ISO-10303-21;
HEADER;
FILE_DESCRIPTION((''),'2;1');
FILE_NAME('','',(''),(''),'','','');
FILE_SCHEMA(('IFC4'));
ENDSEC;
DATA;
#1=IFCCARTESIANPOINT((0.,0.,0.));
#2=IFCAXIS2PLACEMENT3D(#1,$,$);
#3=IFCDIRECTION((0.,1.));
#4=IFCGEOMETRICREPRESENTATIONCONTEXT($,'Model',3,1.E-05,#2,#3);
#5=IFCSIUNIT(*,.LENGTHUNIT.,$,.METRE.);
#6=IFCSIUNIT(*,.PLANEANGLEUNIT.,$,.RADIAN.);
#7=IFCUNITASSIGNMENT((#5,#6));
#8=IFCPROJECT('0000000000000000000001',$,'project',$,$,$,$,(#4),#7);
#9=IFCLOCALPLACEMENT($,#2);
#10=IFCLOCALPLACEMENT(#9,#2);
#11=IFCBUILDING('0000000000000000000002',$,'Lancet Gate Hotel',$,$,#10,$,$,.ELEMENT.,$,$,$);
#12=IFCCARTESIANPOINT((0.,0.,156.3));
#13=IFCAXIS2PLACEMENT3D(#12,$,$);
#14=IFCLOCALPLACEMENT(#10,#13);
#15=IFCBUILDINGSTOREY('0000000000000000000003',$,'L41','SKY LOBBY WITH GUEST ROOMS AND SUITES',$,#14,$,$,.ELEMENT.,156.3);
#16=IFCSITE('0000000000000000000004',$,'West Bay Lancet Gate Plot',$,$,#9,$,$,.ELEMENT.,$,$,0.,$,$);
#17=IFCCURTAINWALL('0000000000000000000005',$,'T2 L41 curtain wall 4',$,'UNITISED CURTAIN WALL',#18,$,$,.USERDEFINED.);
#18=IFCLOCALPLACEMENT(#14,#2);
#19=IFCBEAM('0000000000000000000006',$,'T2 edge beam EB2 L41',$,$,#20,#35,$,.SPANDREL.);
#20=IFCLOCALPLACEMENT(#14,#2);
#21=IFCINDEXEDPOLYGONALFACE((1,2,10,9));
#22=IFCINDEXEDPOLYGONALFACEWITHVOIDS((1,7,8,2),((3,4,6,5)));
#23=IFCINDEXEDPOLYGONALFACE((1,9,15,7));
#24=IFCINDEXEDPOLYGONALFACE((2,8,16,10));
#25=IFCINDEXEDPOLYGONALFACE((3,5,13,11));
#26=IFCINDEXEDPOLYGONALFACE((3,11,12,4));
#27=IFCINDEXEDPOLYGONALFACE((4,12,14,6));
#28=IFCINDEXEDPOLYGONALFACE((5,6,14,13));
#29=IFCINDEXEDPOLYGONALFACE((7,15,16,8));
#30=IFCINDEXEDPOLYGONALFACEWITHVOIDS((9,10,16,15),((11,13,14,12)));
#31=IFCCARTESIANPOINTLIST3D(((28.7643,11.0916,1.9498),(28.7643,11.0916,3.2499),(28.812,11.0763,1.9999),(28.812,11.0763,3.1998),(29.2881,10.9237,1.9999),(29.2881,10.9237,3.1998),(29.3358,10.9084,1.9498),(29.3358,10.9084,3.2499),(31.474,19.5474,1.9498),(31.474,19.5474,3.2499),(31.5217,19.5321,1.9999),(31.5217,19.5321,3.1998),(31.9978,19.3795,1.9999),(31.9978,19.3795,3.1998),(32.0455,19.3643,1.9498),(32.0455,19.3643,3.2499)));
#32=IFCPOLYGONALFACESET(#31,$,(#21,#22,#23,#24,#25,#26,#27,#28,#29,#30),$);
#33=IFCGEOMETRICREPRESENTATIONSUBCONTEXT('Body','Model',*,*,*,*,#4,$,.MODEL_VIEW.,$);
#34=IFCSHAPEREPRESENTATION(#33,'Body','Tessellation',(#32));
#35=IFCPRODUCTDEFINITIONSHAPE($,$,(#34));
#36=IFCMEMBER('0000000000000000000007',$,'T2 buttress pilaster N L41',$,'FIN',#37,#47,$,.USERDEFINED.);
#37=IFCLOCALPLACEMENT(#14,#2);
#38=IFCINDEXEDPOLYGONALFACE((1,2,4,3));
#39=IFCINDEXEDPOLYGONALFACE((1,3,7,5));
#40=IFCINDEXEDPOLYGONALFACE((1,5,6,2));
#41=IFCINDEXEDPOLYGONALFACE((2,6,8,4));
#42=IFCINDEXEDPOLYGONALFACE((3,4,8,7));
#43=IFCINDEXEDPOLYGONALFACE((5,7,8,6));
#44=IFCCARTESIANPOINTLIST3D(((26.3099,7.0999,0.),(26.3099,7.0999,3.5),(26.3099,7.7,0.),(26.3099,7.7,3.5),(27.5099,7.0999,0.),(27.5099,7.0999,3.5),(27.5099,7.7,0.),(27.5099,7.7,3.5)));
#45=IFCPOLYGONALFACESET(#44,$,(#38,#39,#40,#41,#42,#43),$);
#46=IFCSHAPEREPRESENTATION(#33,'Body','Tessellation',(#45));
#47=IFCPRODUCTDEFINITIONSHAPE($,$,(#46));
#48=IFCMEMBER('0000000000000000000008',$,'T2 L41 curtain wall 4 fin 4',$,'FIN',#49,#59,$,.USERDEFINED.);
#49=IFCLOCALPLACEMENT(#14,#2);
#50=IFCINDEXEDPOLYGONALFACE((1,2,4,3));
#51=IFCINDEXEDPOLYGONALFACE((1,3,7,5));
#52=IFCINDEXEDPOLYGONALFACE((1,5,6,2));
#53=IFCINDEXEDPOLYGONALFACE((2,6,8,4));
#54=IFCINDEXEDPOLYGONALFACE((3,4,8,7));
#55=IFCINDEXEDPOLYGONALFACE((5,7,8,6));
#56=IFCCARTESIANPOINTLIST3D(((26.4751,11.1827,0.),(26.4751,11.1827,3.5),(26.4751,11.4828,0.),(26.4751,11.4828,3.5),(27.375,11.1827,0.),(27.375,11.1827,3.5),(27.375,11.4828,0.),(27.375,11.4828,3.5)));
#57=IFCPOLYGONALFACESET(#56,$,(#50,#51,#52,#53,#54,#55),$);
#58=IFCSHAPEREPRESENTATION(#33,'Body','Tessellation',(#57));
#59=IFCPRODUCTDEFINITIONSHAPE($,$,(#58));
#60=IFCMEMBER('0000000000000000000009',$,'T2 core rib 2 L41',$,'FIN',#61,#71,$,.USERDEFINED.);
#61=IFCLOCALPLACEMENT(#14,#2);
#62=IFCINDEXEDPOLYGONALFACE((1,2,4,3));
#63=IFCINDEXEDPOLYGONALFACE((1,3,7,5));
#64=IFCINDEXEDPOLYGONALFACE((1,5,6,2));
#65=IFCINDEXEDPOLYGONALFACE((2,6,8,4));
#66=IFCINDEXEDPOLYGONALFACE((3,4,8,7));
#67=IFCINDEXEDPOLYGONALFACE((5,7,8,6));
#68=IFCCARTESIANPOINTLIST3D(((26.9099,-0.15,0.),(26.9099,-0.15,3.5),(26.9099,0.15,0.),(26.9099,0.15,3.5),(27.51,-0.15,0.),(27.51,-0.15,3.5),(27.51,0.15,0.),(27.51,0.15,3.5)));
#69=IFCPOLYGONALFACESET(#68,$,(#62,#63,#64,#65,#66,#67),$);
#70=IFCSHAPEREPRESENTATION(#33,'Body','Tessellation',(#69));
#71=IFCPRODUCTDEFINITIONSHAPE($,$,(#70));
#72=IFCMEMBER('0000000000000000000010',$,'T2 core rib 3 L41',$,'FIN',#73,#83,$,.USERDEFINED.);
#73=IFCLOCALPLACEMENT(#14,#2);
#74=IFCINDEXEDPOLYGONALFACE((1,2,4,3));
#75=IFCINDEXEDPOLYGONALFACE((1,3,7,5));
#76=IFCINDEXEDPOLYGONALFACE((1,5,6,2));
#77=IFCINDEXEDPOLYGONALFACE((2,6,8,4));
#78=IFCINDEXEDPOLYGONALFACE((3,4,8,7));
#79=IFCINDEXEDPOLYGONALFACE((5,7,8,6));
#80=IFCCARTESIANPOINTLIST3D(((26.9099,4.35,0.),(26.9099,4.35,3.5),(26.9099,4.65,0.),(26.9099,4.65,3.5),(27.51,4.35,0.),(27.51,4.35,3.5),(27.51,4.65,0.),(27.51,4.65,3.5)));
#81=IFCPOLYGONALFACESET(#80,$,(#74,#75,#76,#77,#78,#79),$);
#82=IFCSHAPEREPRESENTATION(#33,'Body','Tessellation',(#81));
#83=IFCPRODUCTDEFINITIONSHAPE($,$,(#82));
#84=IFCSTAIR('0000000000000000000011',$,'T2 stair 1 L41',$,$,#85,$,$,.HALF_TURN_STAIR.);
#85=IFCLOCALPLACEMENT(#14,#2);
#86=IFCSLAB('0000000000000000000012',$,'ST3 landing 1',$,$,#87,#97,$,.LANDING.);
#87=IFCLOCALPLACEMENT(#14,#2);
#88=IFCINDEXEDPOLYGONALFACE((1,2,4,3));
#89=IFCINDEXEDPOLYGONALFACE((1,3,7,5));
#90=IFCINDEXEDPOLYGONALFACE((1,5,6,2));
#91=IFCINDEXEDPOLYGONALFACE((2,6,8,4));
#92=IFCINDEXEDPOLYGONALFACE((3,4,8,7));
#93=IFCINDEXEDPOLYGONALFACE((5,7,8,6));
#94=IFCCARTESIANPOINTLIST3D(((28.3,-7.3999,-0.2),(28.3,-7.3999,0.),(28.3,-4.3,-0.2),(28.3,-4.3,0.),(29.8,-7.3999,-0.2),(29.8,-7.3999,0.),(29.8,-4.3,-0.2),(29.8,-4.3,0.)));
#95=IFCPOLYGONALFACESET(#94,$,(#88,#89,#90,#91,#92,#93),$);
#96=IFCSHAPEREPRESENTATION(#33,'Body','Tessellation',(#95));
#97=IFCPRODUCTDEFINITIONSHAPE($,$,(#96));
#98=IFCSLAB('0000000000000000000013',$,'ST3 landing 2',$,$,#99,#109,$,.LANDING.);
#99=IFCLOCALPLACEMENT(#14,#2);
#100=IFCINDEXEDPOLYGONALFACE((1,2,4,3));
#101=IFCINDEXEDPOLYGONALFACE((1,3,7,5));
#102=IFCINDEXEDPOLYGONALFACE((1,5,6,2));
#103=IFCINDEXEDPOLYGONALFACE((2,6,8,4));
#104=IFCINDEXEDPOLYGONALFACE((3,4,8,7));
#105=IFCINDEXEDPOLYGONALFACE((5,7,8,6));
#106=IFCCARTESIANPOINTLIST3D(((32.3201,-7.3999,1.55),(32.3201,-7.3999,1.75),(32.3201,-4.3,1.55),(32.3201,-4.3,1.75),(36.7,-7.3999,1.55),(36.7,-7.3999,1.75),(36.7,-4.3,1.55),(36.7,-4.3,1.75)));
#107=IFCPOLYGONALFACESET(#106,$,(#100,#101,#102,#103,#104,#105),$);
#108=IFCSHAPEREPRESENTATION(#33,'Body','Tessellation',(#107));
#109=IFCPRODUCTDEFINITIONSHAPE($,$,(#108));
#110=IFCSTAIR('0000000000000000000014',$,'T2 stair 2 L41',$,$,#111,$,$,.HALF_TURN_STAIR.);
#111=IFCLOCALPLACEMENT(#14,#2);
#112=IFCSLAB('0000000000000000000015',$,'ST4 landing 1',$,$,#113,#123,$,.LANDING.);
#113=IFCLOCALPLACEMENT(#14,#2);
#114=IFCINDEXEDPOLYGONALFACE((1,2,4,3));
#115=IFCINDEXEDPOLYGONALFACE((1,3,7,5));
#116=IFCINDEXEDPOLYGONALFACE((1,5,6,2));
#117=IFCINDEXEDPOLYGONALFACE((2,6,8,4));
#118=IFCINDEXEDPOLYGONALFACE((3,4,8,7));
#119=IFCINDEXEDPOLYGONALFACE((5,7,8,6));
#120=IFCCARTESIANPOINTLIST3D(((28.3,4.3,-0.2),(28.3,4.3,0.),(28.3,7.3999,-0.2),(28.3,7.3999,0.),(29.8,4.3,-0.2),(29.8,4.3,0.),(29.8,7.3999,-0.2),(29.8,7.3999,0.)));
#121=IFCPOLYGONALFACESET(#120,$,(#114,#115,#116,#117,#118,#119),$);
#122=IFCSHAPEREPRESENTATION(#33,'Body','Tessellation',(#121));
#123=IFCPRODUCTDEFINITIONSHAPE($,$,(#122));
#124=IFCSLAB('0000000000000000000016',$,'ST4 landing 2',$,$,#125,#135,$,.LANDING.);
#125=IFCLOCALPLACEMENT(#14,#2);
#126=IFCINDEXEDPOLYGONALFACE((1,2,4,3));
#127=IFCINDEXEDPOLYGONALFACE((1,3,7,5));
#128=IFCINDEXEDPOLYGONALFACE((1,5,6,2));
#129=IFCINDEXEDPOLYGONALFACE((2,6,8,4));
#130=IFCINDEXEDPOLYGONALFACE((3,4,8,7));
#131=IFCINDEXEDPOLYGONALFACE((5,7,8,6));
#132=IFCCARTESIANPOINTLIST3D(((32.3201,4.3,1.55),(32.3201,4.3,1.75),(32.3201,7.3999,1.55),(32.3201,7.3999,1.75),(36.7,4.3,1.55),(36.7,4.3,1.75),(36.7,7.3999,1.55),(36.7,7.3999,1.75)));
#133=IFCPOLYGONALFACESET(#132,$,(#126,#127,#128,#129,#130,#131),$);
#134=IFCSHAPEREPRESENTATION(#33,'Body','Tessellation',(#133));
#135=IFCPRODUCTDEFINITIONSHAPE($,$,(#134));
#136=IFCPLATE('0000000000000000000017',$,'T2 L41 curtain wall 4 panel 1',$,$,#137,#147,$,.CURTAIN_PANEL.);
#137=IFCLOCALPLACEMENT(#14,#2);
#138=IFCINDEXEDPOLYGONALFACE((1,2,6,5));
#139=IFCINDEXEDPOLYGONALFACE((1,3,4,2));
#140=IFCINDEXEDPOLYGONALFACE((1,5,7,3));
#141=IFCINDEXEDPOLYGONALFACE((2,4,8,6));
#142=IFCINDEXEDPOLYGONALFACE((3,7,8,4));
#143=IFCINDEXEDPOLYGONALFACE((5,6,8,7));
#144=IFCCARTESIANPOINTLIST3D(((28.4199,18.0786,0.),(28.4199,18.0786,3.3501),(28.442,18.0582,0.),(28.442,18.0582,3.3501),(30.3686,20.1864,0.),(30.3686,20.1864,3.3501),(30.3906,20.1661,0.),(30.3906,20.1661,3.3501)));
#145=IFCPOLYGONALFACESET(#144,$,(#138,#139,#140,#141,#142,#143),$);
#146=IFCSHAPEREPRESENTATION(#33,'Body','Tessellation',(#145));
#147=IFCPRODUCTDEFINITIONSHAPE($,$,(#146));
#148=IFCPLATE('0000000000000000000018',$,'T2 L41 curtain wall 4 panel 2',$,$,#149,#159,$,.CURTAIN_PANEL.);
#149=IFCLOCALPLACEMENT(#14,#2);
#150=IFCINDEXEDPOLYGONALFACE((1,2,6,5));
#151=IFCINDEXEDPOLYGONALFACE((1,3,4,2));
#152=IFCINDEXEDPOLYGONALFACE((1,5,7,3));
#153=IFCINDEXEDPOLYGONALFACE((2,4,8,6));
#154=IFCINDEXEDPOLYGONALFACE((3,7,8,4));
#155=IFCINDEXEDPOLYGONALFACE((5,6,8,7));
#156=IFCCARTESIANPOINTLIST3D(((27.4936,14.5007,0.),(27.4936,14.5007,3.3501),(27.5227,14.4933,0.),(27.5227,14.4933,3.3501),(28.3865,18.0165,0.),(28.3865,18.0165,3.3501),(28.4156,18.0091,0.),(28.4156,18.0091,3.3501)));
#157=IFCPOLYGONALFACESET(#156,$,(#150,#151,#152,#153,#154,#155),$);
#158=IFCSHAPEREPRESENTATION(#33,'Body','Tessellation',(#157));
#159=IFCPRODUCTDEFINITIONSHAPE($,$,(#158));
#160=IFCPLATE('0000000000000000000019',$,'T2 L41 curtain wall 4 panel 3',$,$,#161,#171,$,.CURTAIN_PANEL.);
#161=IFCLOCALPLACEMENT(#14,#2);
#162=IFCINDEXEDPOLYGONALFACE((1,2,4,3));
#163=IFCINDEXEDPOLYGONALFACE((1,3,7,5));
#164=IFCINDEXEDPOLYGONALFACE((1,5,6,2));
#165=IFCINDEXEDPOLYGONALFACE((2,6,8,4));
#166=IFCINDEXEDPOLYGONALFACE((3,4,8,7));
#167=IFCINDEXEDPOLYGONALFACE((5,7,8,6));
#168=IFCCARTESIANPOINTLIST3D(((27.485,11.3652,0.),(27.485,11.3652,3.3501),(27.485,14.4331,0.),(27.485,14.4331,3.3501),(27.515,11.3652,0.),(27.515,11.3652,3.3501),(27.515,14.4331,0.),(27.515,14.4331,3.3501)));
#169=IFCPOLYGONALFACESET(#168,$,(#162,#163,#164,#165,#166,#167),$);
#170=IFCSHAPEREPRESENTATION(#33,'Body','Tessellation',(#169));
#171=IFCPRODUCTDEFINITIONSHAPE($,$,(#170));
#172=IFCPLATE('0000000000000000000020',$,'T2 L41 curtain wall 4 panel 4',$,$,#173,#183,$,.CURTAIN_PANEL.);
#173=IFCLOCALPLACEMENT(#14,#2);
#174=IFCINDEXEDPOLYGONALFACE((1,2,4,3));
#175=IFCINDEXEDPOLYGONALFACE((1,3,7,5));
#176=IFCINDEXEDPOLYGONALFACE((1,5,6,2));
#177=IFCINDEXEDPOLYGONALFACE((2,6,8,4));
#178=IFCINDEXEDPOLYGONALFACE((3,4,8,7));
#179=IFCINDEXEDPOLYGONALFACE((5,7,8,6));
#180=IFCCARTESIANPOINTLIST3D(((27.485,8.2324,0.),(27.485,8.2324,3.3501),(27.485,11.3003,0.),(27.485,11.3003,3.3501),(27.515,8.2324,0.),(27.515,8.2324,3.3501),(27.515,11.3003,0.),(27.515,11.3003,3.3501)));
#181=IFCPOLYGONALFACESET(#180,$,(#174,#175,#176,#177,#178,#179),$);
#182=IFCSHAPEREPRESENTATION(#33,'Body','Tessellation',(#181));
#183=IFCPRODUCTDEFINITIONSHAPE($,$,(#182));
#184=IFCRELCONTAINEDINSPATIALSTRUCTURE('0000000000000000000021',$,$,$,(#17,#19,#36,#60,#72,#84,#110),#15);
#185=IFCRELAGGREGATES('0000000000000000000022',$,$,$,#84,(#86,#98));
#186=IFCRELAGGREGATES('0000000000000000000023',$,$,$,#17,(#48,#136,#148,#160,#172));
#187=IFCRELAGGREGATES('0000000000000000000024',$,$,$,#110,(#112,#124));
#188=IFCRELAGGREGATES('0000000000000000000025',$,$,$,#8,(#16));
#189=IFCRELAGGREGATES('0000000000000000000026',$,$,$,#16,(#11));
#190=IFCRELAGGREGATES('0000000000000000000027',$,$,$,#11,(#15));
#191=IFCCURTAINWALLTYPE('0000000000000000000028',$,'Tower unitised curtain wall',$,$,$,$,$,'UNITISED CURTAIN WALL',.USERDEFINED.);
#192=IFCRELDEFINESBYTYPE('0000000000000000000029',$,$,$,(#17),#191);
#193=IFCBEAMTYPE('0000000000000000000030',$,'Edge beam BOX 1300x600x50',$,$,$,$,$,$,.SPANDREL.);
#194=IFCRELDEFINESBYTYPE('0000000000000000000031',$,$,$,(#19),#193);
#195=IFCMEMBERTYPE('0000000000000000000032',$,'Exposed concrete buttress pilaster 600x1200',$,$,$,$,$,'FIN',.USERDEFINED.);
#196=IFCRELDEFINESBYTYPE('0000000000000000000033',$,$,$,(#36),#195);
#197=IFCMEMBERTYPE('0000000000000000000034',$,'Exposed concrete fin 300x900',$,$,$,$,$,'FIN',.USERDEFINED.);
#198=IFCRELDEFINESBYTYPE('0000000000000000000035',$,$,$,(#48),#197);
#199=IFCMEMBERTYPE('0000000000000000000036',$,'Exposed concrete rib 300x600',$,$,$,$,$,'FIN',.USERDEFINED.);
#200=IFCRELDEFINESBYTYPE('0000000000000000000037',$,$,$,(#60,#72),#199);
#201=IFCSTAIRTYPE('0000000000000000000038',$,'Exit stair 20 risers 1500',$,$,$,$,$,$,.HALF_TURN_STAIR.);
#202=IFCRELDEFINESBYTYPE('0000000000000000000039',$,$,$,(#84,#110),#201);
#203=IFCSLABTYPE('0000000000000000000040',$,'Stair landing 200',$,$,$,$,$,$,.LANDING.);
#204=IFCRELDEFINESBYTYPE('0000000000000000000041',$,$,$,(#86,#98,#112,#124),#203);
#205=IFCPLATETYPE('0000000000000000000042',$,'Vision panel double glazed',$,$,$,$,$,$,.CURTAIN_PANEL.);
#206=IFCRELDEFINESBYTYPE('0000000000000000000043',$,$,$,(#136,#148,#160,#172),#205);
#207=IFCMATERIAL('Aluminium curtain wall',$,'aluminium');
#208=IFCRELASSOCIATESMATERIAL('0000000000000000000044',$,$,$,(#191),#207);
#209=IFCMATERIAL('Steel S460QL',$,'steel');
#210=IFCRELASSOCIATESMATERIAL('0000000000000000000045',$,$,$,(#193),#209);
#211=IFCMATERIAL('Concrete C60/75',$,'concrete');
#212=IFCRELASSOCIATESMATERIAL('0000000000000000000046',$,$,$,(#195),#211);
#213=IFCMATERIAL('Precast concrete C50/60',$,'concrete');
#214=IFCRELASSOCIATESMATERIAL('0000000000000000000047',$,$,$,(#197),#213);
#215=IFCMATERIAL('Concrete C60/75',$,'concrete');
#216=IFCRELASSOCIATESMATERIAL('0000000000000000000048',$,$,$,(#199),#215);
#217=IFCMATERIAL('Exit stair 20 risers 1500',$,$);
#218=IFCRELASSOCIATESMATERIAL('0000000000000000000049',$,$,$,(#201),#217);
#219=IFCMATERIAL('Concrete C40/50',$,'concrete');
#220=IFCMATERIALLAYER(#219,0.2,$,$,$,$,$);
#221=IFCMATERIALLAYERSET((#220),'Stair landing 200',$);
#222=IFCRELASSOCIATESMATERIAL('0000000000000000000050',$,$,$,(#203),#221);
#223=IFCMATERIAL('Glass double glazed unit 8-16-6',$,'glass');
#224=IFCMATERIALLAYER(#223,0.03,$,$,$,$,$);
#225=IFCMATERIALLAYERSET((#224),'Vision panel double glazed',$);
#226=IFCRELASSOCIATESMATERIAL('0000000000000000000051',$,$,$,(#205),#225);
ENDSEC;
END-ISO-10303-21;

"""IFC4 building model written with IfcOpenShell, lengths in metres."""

from ifc_helpers import new_model, si_unit, direction, frame, origin, origin_2d, place, context, subcontext, project, spatial, polyline, rectangle, hollow_rectangle, outline, extrude, material, layer, layer_set, material_profile, profile_set, type_object, element, aggregate, save


model = new_model("IFC4")

# Units and contexts
model_context = context("Model", 3, precision=1e-05, world=origin(), true_north=direction((0.0, 1.0)))
body_context = subcontext(model_context, "Body", "Model", "MODEL_VIEW")
ifc_project = project(units=[si_unit("LENGTHUNIT", "METRE"), si_unit("PLANEANGLEUNIT", "RADIAN")], contexts=[model_context])

# Site, building, storey
site_placement = place(None, origin())
site = spatial("IfcSite", under=ifc_project, at=site_placement, Name="West Bay Lancet Gate Plot", CompositionType="ELEMENT", RefElevation=0.0)
building_placement = place(site_placement, origin())
building = spatial("IfcBuilding", under=site, at=building_placement, Name="Lancet Gate Hotel", CompositionType="ELEMENT")
storey_placement = place(building_placement, frame((0.0, 0.0, 156.3)))
storey = spatial("IfcBuildingStorey", under=building, at=storey_placement, Name="L41", Description="SKY LOBBY WITH GUEST ROOMS AND SUITES", CompositionType="ELEMENT", Elevation=156.3)

# Curtain wall
ifc_material_1 = material(Name="Aluminium curtain wall", Category="aluminium")
curtain_wall_type = type_object("IfcCurtainWallType", Name="Tower unitised curtain wall", ElementType="UNITISED CURTAIN WALL", PredefinedType="USERDEFINED", material=ifc_material_1)
curtain_wall_placement = place(storey_placement, origin())
curtain_wall = element("IfcCurtainWall", 1, at=curtain_wall_placement, inside=storey, type_object=curtain_wall_type, Name="T2 L41 curtain wall 4", ObjectType="UNITISED CURTAIN WALL", PredefinedType="USERDEFINED")

# Beam
ifc_material_2 = material(Name="Steel S460QL", Category="steel")
ifc_material_profile_1 = material_profile(ifc_material_2, hollow_rectangle(XDim=0.6001, YDim=1.3, WallThickness=0.05, at=origin_2d()), Name="BOX 1300x600x50")
ifc_profile_set_1 = profile_set([ifc_material_profile_1], Name="Steel S460QL")
beam_type = type_object("IfcBeamType", Name="Edge beam BOX 1300x600x50", PredefinedType="SPANDREL", material=ifc_profile_set_1)
beam_placement = place(storey_placement, frame((29.05, 11.0, 2.5999), z_axis=(0.30517, 0.952298, 0.0), x_axis=(-0.952298, 0.30517, 0.0)))
element("IfcBeam", 2, at=beam_placement, inside=storey, type_object=beam_type, Name="T2 edge beam EB2 L41", PredefinedType="SPANDREL", context=body_context, shape_type="SweptSolid", body=[
    extrude(hollow_rectangle(XDim=0.6001, YDim=1.3, WallThickness=0.05, at=origin_2d()), origin(), (0.0, 0.0, 1.0), 8.8794),
])

# Members
ifc_material_3 = material(Name="Concrete C60/75", Category="concrete")
ifc_material_profile_2 = material_profile(ifc_material_3, rectangle(XDim=0.6001, YDim=1.2, at=origin_2d()), Name="FIN 600x1200")
ifc_profile_set_2 = profile_set([ifc_material_profile_2], Name="Concrete C60/75")
member_type_1 = type_object("IfcMemberType", Name="Exposed concrete buttress pilaster 600x1200", ElementType="FIN", PredefinedType="USERDEFINED", material=ifc_profile_set_2)
member_1_placement = place(storey_placement, frame((26.9099, 7.3999, 0.0), z_axis=(0.0, 0.0, 1.0), x_axis=(0.0, 1.0, 0.0)))
element("IfcMember", 3, at=member_1_placement, inside=storey, type_object=member_type_1, Name="T2 buttress pilaster N L41", ObjectType="FIN", PredefinedType="USERDEFINED", context=body_context, shape_type="SweptSolid", body=[
    extrude(rectangle(XDim=0.6001, YDim=1.2, at=origin_2d()), origin(), (0.0, 0.0, 1.0), 3.5),
])
ifc_material_4 = material(Name="Precast concrete C50/60", Category="concrete")
ifc_material_profile_3 = material_profile(ifc_material_4, rectangle(XDim=0.3, YDim=0.8999, at=origin_2d()), Name="FIN 300x900")
ifc_profile_set_3 = profile_set([ifc_material_profile_3], Name="Precast concrete C50/60")
member_type_2 = type_object("IfcMemberType", Name="Exposed concrete fin 300x900", ElementType="FIN", PredefinedType="USERDEFINED", material=ifc_profile_set_3)
member_2_placement = place(storey_placement, frame((26.925, 11.3328, 0.0), z_axis=(0.0, 0.0, 1.0), x_axis=(0.0, -1.0, 0.0)))
member_2 = element("IfcMember", 4, at=member_2_placement, type_object=member_type_2, Name="T2 L41 curtain wall 4 fin 4", ObjectType="FIN", PredefinedType="USERDEFINED", context=body_context, shape_type="SweptSolid", body=[
    extrude(rectangle(XDim=0.3, YDim=0.8999, at=origin_2d()), origin(), (0.0, 0.0, 1.0), 3.5),
])

# Members
ifc_material_5 = material(Name="Concrete C60/75", Category="concrete")
ifc_material_profile_4 = material_profile(ifc_material_5, rectangle(XDim=0.3, YDim=0.6001, at=origin_2d()), Name="FIN 300x600")
ifc_profile_set_4 = profile_set([ifc_material_profile_4], Name="Concrete C60/75")
member_type_3 = type_object("IfcMemberType", Name="Exposed concrete rib 300x600", ElementType="FIN", PredefinedType="USERDEFINED", material=ifc_profile_set_4)
for number, where, z_axis, x_axis, name in (
    (5, (27.21, 0.0, 0.0), (0.0, 0.0, 1.0), (0.0, 1.0, 0.0), "T2 core rib 2 L41"),
    (6, (27.21, 4.5, 0.0), (0.0, 0.0, 1.0), (0.0, 1.0, 0.0), "T2 core rib 3 L41"),
):
    element("IfcMember", number, at=place(storey_placement, frame(where, z_axis=z_axis, x_axis=x_axis)), inside=storey, type_object=member_type_3, Name=name, ObjectType="FIN", PredefinedType="USERDEFINED", context=body_context, shape_type="SweptSolid", body=[
        extrude(rectangle(XDim=0.3, YDim=0.6001, at=origin_2d()), origin(), (0.0, 0.0, 1.0), 3.5),
    ])

# Stairs, slabs
ifc_material_6 = material(Name="Exit stair 20 risers 1500")
stair_type = type_object("IfcStairType", Name="Exit stair 20 risers 1500", PredefinedType="HALF_TURN_STAIR", material=ifc_material_6)
stair_1_placement = place(storey_placement, origin())
stair_1 = element("IfcStair", 7, at=stair_1_placement, inside=storey, type_object=stair_type, Name="T2 stair 1 L41", PredefinedType="HALF_TURN_STAIR")
ifc_material_7 = material(Name="Concrete C40/50", Category="concrete")
ifc_layer_1 = layer(ifc_material_7, 0.2)
ifc_layer_set_1 = layer_set([ifc_layer_1], Name="Stair landing 200")
slab_type = type_object("IfcSlabType", Name="Stair landing 200", PredefinedType="LANDING", material=ifc_layer_set_1)
slab_1_placement = place(storey_placement, frame((0.0, 0.0, -0.2)))
slab_1 = element("IfcSlab", 8, at=slab_1_placement, type_object=slab_type, Name="ST3 landing 1", PredefinedType="LANDING", context=body_context, shape_type="SweptSolid", body=[
    extrude(outline(polyline([(28.3, -7.3999), (29.8, -7.3999), (29.8, -4.3), (28.3, -4.3), (28.3, -7.3999)])), origin(), (0.0, 0.0, 1.0), 0.2),
])
slab_2_placement = place(storey_placement, frame((0.0, 0.0, 1.55)))
slab_2 = element("IfcSlab", 9, at=slab_2_placement, type_object=slab_type, Name="ST3 landing 2", PredefinedType="LANDING", context=body_context, shape_type="SweptSolid", body=[
    extrude(outline(polyline([(32.3201, -7.3999), (36.7, -7.3999), (36.7, -4.3), (32.3201, -4.3), (32.3201, -7.3999)])), origin(), (0.0, 0.0, 1.0), 0.2),
])
aggregate(stair_1, [slab_1, slab_2])
stair_2_placement = place(storey_placement, origin())
stair_2 = element("IfcStair", 10, at=stair_2_placement, inside=storey, type_object=stair_type, Name="T2 stair 2 L41", PredefinedType="HALF_TURN_STAIR")
slab_3_placement = place(storey_placement, frame((0.0, 0.0, -0.2)))
slab_3 = element("IfcSlab", 11, at=slab_3_placement, type_object=slab_type, Name="ST4 landing 1", PredefinedType="LANDING", context=body_context, shape_type="SweptSolid", body=[
    extrude(outline(polyline([(28.3, 4.3), (29.8, 4.3), (29.8, 7.3999), (28.3, 7.3999), (28.3, 4.3)])), origin(), (0.0, 0.0, 1.0), 0.2),
])
slab_4_placement = place(storey_placement, frame((0.0, 0.0, 1.55)))
slab_4 = element("IfcSlab", 12, at=slab_4_placement, type_object=slab_type, Name="ST4 landing 2", PredefinedType="LANDING", context=body_context, shape_type="SweptSolid", body=[
    extrude(outline(polyline([(32.3201, 4.3), (36.7, 4.3), (36.7, 7.3999), (32.3201, 7.3999), (32.3201, 4.3)])), origin(), (0.0, 0.0, 1.0), 0.2),
])

# Plates
ifc_material_8 = material(Name="Glass double glazed unit 8-16-6", Category="glass")
ifc_layer_2 = layer(ifc_material_8, 0.03)
ifc_layer_set_2 = layer_set([ifc_layer_2], Name="Vision panel double glazed")
plate_type = type_object("IfcPlateType", Name="Vision panel double glazed", PredefinedType="CURTAIN_PANEL", material=ifc_layer_set_2)
plate_1_placement = place(storey_placement, frame((29.4053, 19.1223, 0.0), z_axis=(0.0, 0.0, 1.0), x_axis=(-0.678831, -0.734294, 0.0)))
plate_1 = element("IfcPlate", 13, at=plate_1_placement, type_object=plate_type, Name="T2 L41 curtain wall 4 panel 1", PredefinedType="CURTAIN_PANEL", context=body_context, shape_type="SweptSolid", body=[
    extrude(rectangle(XDim=2.8706, YDim=0.03, at=origin_2d()), origin(), (0.0, 0.0, 1.0), 3.3501),
])
plate_2_placement = place(storey_placement, frame((27.9546, 16.2549, 0.0), z_axis=(0.0, 0.0, 1.0), x_axis=(-0.246167, -0.969228, 0.0)))
plate_2 = element("IfcPlate", 14, at=plate_2_placement, type_object=plate_type, Name="T2 L41 curtain wall 4 panel 2", PredefinedType="CURTAIN_PANEL", context=body_context, shape_type="SweptSolid", body=[
    extrude(rectangle(XDim=3.6274, YDim=0.03, at=origin_2d()), origin(), (0.0, 0.0, 1.0), 3.3501),
])
plate_3_placement = place(storey_placement, frame((27.5, 12.8992, 0.0), z_axis=(0.0, 0.0, 1.0), x_axis=(0.0, -1.0, 0.0)))
plate_3 = element("IfcPlate", 15, at=plate_3_placement, type_object=plate_type, Name="T2 L41 curtain wall 4 panel 3", PredefinedType="CURTAIN_PANEL", context=body_context, shape_type="SweptSolid", body=[
    extrude(rectangle(XDim=3.0679, YDim=0.03, at=origin_2d()), origin(), (0.0, 0.0, 1.0), 3.3501),
])
plate_4_placement = place(storey_placement, frame((27.5, 9.7664, 0.0), z_axis=(0.0, 0.0, 1.0), x_axis=(0.0, -1.0, 0.0)))
plate_4 = element("IfcPlate", 16, at=plate_4_placement, type_object=plate_type, Name="T2 L41 curtain wall 4 panel 4", PredefinedType="CURTAIN_PANEL", context=body_context, shape_type="SweptSolid", body=[
    extrude(rectangle(XDim=3.0679, YDim=0.03, at=origin_2d()), origin(), (0.0, 0.0, 1.0), 3.3501),
])
aggregate(curtain_wall, [member_2, plate_1, plate_2, plate_3, plate_4])

aggregate(stair_2, [slab_3, slab_4])

save(model, "model.ifc")
